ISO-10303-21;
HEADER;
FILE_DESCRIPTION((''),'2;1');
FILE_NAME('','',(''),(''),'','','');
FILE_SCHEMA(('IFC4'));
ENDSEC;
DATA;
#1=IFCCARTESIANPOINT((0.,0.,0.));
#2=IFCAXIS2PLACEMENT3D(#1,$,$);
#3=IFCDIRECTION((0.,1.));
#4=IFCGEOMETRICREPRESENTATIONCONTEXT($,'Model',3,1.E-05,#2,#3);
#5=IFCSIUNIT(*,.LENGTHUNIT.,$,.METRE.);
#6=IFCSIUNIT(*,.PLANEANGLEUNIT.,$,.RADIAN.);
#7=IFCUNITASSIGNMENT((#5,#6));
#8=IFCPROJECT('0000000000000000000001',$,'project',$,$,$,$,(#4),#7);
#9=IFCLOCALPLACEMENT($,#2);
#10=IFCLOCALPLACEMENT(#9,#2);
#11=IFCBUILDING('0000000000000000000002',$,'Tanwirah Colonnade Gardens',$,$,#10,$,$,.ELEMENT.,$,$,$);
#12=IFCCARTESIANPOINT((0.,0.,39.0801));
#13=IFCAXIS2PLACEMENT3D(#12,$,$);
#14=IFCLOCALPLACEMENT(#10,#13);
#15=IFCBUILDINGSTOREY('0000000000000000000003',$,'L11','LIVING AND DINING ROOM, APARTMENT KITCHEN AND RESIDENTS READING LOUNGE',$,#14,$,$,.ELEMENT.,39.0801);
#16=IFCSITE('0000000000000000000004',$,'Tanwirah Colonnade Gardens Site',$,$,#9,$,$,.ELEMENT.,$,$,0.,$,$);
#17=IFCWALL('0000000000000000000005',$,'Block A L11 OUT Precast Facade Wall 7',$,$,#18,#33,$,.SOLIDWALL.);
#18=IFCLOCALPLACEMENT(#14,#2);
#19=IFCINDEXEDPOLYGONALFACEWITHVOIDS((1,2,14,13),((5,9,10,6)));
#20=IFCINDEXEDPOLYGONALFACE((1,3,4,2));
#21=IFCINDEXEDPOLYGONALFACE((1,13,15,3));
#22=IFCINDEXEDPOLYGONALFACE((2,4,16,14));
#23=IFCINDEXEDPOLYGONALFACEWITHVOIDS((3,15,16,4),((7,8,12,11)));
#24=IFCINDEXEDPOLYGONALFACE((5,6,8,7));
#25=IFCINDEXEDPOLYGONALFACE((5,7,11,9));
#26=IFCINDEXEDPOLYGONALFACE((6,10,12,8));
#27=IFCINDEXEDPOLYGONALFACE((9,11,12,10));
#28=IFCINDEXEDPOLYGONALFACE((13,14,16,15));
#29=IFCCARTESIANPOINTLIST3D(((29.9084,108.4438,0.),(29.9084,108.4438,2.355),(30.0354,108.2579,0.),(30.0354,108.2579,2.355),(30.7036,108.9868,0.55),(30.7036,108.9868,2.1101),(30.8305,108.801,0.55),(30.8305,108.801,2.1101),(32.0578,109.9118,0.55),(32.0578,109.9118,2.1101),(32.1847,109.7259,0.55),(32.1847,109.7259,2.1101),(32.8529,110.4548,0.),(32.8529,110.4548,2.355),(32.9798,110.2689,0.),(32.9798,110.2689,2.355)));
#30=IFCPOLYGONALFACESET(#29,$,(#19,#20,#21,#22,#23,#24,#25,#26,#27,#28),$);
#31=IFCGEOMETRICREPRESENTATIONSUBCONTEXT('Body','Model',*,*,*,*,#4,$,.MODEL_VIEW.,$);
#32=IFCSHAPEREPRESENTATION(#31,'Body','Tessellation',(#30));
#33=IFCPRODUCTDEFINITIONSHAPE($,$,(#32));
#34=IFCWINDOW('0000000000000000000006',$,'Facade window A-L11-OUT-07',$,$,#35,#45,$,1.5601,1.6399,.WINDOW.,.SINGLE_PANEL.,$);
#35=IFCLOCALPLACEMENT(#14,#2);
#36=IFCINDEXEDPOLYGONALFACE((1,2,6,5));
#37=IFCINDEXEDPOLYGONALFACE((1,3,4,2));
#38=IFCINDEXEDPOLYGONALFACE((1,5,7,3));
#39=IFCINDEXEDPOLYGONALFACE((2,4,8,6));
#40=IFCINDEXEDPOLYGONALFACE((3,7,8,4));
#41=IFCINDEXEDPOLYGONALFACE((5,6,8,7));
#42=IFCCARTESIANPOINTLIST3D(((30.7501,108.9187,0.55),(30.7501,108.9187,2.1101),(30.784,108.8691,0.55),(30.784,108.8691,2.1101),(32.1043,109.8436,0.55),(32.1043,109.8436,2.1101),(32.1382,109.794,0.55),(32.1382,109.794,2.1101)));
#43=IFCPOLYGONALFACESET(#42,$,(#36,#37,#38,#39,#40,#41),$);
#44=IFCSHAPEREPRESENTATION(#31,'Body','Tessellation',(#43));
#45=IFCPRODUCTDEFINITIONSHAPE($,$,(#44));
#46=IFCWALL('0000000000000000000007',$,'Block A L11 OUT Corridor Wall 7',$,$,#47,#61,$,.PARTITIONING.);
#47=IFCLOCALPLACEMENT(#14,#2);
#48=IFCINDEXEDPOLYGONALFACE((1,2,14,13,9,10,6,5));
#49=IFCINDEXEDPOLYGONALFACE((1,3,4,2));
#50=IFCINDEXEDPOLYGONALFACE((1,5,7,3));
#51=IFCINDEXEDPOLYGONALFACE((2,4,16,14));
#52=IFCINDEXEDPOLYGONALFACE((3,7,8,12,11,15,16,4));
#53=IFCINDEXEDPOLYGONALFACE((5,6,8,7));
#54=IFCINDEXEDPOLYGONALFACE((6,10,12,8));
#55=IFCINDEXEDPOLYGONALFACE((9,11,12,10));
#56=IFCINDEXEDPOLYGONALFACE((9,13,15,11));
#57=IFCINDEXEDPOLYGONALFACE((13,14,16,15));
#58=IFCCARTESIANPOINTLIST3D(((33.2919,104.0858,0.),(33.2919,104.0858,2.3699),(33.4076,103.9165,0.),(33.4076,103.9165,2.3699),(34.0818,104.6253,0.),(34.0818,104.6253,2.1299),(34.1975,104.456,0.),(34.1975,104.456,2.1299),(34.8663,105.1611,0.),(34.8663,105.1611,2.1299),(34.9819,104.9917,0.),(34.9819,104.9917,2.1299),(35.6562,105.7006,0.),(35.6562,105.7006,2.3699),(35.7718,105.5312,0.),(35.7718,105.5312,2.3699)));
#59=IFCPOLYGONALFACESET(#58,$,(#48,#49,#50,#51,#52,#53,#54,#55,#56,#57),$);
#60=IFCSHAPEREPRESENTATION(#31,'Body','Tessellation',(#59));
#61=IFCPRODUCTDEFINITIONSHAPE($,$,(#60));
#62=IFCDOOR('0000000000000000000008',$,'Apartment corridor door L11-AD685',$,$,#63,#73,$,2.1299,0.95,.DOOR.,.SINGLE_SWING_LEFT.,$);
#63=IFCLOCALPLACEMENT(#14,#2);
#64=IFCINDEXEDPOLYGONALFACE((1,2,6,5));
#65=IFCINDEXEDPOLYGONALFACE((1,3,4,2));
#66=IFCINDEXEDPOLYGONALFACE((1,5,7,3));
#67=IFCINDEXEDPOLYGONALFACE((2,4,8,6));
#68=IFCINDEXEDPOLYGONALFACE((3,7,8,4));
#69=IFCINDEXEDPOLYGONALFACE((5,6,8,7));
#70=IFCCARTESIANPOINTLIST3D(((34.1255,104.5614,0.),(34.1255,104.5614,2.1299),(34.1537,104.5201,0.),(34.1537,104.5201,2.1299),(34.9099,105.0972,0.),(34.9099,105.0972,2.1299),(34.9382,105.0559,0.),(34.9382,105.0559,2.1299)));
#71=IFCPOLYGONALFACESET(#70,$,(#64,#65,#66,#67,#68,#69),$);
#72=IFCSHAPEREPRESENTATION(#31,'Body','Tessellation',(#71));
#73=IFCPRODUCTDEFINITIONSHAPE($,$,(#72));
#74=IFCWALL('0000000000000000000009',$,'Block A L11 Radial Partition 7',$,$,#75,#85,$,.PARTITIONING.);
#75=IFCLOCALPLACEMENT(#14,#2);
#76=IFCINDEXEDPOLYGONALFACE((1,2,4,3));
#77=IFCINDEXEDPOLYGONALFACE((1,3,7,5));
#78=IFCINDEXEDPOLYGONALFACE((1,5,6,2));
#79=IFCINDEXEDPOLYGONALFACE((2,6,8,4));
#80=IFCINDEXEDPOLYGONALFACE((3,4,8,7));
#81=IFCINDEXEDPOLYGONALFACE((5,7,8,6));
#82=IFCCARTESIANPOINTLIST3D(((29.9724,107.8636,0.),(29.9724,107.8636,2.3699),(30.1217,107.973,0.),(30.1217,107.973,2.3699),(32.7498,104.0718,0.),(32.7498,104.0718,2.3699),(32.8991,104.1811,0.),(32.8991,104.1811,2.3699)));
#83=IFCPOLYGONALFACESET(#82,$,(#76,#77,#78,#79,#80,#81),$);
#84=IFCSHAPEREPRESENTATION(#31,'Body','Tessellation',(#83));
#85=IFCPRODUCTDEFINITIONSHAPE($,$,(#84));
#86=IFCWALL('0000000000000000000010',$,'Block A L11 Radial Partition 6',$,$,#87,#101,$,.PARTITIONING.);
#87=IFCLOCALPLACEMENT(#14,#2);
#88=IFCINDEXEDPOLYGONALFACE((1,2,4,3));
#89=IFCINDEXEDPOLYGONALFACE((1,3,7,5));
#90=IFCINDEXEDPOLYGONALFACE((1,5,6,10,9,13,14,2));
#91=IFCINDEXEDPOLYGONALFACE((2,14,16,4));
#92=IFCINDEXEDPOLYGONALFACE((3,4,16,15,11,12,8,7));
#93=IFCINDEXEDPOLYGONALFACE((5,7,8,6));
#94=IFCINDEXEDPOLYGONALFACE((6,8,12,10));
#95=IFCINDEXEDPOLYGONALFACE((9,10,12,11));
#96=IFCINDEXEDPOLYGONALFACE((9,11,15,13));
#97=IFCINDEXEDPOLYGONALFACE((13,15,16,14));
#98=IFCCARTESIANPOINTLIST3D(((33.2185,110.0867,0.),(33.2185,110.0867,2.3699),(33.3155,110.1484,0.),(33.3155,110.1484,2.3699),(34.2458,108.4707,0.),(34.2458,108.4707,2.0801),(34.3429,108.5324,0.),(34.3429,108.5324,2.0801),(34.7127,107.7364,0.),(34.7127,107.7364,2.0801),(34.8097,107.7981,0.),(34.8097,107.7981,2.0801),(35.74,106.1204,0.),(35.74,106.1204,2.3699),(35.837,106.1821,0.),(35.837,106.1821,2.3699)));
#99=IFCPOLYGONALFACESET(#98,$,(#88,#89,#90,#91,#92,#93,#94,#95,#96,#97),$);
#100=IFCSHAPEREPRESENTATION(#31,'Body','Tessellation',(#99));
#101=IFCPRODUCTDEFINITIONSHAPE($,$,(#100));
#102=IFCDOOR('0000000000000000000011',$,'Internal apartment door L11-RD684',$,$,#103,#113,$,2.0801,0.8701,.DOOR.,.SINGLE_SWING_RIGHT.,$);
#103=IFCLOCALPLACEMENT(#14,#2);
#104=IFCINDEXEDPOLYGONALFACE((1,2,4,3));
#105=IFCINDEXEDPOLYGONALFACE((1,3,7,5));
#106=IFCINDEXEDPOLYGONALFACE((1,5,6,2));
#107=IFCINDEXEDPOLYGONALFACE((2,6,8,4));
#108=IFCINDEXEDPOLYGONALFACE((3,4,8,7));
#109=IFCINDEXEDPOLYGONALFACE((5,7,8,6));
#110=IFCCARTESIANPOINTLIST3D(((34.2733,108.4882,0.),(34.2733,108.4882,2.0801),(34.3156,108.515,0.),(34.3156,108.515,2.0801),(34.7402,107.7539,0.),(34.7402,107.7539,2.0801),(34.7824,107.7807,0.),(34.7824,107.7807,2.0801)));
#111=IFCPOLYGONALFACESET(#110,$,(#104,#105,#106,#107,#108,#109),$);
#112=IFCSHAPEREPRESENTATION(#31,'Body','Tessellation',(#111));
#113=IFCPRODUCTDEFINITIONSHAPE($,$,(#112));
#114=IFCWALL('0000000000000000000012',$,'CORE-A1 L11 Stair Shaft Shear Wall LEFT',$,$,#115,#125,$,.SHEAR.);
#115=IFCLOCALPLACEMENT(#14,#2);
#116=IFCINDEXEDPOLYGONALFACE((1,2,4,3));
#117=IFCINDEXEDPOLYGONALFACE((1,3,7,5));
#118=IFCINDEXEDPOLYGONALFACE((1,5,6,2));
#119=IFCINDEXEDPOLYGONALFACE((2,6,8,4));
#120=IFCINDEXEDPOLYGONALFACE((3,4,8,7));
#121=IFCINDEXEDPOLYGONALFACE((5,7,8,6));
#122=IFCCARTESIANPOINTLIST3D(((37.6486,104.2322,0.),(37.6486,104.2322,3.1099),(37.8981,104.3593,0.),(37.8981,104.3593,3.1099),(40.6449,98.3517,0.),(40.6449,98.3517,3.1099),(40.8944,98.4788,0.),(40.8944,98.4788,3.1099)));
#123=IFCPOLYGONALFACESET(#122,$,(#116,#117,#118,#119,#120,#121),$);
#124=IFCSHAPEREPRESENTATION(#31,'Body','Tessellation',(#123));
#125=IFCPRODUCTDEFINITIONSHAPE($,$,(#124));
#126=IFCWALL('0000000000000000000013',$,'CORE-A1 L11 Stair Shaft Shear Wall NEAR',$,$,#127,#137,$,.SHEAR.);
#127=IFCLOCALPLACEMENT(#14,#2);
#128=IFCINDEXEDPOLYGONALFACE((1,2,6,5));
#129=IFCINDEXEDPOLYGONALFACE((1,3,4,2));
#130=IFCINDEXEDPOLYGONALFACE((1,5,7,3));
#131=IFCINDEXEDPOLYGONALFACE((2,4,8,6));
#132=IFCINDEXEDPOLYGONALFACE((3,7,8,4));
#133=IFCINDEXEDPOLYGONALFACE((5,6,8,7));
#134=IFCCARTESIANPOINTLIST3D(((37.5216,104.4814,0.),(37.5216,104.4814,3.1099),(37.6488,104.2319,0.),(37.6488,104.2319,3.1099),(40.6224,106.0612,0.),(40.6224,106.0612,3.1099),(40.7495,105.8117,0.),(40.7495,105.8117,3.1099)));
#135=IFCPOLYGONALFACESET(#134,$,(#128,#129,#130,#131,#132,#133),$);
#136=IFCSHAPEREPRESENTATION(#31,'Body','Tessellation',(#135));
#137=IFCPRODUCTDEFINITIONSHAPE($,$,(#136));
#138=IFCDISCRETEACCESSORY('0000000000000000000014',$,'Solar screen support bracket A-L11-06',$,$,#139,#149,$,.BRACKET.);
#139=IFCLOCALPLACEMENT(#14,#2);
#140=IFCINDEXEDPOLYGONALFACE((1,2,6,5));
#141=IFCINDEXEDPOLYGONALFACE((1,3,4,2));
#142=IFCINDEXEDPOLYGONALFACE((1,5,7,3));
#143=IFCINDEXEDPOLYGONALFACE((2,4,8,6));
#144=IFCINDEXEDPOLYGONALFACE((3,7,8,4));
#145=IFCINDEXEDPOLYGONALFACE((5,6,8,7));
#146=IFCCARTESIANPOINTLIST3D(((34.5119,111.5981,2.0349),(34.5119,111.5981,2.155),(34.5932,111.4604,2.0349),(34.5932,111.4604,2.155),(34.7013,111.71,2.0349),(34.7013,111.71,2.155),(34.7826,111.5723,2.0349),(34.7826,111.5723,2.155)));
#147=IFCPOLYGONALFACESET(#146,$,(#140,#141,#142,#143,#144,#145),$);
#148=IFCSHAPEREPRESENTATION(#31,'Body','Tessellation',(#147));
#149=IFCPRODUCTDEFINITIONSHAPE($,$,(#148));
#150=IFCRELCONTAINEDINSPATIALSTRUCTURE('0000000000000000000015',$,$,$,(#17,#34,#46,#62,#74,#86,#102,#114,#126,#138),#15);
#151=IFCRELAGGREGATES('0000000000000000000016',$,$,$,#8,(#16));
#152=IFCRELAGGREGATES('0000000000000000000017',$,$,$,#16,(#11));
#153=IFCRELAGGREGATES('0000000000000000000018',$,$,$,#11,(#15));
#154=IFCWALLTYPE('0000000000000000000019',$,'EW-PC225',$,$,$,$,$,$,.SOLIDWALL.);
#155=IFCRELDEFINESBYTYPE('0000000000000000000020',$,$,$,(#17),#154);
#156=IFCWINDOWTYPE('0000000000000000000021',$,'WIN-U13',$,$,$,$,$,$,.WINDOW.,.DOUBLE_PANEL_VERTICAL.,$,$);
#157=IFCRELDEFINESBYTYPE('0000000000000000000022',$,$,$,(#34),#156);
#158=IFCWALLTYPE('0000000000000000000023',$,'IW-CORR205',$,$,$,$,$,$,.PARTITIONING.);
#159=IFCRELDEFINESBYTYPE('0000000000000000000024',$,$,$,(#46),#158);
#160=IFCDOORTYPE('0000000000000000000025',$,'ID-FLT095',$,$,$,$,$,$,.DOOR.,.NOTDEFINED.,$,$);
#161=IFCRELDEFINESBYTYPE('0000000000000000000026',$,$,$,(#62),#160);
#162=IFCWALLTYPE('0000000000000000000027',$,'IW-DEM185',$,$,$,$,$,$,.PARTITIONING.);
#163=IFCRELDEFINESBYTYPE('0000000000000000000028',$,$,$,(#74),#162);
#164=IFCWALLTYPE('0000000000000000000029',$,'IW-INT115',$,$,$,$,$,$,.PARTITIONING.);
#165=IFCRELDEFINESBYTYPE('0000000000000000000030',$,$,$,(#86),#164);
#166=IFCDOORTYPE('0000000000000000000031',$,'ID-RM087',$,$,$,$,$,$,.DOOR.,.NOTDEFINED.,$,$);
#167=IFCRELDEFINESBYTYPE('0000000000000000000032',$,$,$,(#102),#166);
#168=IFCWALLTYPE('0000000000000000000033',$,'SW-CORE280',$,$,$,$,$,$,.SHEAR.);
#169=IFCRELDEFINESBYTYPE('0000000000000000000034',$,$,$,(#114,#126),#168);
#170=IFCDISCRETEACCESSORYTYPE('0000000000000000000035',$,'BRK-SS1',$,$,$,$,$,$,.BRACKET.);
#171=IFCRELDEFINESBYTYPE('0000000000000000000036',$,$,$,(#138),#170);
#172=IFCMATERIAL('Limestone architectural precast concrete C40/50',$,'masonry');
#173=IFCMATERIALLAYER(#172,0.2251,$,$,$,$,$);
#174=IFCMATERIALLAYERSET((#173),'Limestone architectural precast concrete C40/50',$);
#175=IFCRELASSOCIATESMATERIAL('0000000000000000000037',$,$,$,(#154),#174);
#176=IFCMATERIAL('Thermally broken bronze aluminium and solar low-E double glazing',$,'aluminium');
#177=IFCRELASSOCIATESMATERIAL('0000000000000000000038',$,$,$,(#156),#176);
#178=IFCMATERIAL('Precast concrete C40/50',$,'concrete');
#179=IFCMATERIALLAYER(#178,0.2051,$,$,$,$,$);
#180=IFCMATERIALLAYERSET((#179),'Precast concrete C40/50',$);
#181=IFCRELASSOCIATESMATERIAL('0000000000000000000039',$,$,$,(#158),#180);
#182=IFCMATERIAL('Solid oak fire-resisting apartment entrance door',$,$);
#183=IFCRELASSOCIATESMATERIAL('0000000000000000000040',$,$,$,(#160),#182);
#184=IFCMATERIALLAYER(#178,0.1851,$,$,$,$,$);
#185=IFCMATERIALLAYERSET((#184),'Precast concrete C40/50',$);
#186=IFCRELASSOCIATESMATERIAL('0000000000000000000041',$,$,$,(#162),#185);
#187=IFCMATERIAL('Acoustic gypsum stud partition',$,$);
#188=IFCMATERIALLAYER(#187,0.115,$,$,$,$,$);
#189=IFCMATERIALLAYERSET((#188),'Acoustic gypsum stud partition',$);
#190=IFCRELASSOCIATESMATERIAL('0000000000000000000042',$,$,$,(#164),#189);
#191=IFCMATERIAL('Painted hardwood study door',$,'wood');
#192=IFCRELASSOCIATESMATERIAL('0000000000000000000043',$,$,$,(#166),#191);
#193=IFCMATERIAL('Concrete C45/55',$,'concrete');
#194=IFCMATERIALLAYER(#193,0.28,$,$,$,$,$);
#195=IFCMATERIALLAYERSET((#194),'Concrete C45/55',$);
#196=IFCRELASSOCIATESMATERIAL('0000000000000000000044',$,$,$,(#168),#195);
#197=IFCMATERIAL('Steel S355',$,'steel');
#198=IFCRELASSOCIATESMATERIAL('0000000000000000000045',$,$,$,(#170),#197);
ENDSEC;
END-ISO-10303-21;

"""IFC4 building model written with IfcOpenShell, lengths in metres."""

from ifc_helpers import new_model, si_unit, direction, frame, frame_2d, origin, origin_2d, place, context, subcontext, project, spatial, rectangle, extrude, material, layer, layer_set, type_object, element, fill, save


model = new_model("IFC4")

# Units and contexts
model_context = context("Model", 3, precision=1e-05, world=origin(), true_north=direction((0.0, 1.0)))
body_context = subcontext(model_context, "Body", "Model", "MODEL_VIEW")
ifc_project = project(units=[si_unit("LENGTHUNIT", "METRE"), si_unit("PLANEANGLEUNIT", "RADIAN")], contexts=[model_context])

# Site, building, storey
site_placement = place(None, origin())
site = spatial("IfcSite", under=ifc_project, at=site_placement, Name="Tanwirah Colonnade Gardens Site", CompositionType="ELEMENT", RefElevation=0.0)
building_placement = place(site_placement, origin())
building = spatial("IfcBuilding", under=site, at=building_placement, Name="Tanwirah Colonnade Gardens", CompositionType="ELEMENT")
storey_placement = place(building_placement, frame((0.0, 0.0, 39.0801)))
storey = spatial("IfcBuildingStorey", under=building, at=storey_placement, Name="L11", Description="LIVING AND DINING ROOM, APARTMENT KITCHEN AND RESIDENTS READING LOUNGE", CompositionType="ELEMENT", Elevation=39.0801)

# Shared definitions
ifc_material_1 = material(Name="Precast concrete C40/50", Category="concrete")

# Wall, opening, window
ifc_material_2 = material(Name="Limestone architectural precast concrete C40/50", Category="masonry")
ifc_layer_1 = layer(ifc_material_2, 0.2251)
ifc_layer_set_1 = layer_set([ifc_layer_1], Name="Limestone architectural precast concrete C40/50")
wall_type_1 = type_object("IfcWallType", Name="EW-PC225", PredefinedType="SOLIDWALL", material=ifc_layer_set_1)
ifc_material_3 = material(Name="Thermally broken bronze aluminium and solar low-E double glazing", Category="aluminium")
wall_1_placement = place(storey_placement, frame((32.9163, 110.3618, 0.0), z_axis=(0.0, 0.0, 1.0), x_axis=(-0.825772, -0.564004, 0.0)))
wall_1 = element("IfcWall", 1, at=wall_1_placement, inside=storey, type_object=wall_type_1, Name="Block A L11 OUT Precast Facade Wall 7", PredefinedType="SOLIDWALL", context=body_context, shape_type="SweptSolid", body=[
    extrude(rectangle(XDim=3.5657, YDim=0.2251, at=frame_2d((1.7827, 0.0))), origin(), (0.0, 0.0, 1.0), 2.355),
])
opening_1_placement = place(wall_1_placement, frame((0.9629, 0.0, 0.55)))
opening_1 = element("IfcOpeningElement", 2, at=opening_1_placement, cuts=wall_1, PredefinedType="OPENING", context=body_context, shape_type="SweptSolid", body=[
    extrude(rectangle(XDim=1.6399, YDim=1.5601, at=frame_2d((0.8198, 0.78))), frame((0.0, 0.1226, 0.0), z_axis=(0.0, -1.0, 0.0), x_axis=(1.0, 0.0, 0.0)), (0.0, 0.0, 1.0), 0.2451),
])
window_type_1 = type_object("IfcWindowType", Name="WIN-U13", PartitioningType="DOUBLE_PANEL_VERTICAL", PredefinedType="WINDOW", material=ifc_material_3)
window_1_placement = place(opening_1_placement, origin())
window_1 = element("IfcWindow", 3, at=window_1_placement, inside=storey, type_object=window_type_1, Name="Facade window A-L11-OUT-07", OverallHeight=1.5601, OverallWidth=1.6399, PartitioningType="SINGLE_PANEL", PredefinedType="WINDOW", context=body_context, shape_type="SweptSolid", body=[
    extrude(rectangle(XDim=1.6399, YDim=1.5601, at=frame_2d((0.8198, 0.78))), frame((0.0, 0.03, 0.0), z_axis=(0.0, -1.0, 0.0), x_axis=(1.0, 0.0, 0.0)), (0.0, 0.0, 1.0), 0.0601),
])
fill(opening_1, window_1)

# Wall, opening, door
ifc_layer_2 = layer(ifc_material_1, 0.2051)
ifc_layer_set_2 = layer_set([ifc_layer_2], Name="Precast concrete C40/50")
wall_type_2 = type_object("IfcWallType", Name="IW-CORR205", PredefinedType="PARTITIONING", material=ifc_layer_set_2)
ifc_material_4 = material(Name="Solid oak fire-resisting apartment entrance door")
wall_2_placement = place(storey_placement, frame((35.7141, 105.616, 0.0), z_axis=(0.0, 0.0, 1.0), x_axis=(-0.82578, -0.563993, 0.0)))
wall_2 = element("IfcWall", 4, at=wall_2_placement, inside=storey, type_object=wall_type_2, Name="Block A L11 OUT Corridor Wall 7", PredefinedType="PARTITIONING", context=body_context, shape_type="SweptSolid", body=[
    extrude(rectangle(XDim=2.863, YDim=0.2051, at=frame_2d((1.4316, 0.0))), origin(), (0.0, 0.0, 1.0), 2.3699),
])
opening_2_placement = place(wall_2_placement, frame((0.9565, 0.0, 0.0)))
opening_2 = element("IfcOpeningElement", 5, at=opening_2_placement, cuts=wall_2, PredefinedType="OPENING", context=body_context, shape_type="SweptSolid", body=[
    extrude(rectangle(XDim=0.95, YDim=2.1299, at=frame_2d((0.4751, 1.0649))), frame((0.0, 0.1125, 0.0), z_axis=(0.0, -1.0, 0.0), x_axis=(1.0, 0.0, 0.0)), (0.0, 0.0, 1.0), 0.2251),
])
door_type_1 = type_object("IfcDoorType", Name="ID-FLT095", OperationType="NOTDEFINED", PredefinedType="DOOR", material=ifc_material_4)
door_1_placement = place(opening_2_placement, origin())
door_1 = element("IfcDoor", 6, at=door_1_placement, inside=storey, type_object=door_type_1, Name="Apartment corridor door L11-AD685", OperationType="SINGLE_SWING_LEFT", OverallHeight=2.1299, OverallWidth=0.95, PredefinedType="DOOR", context=body_context, shape_type="SweptSolid", body=[
    extrude(rectangle(XDim=0.95, YDim=2.1299, at=frame_2d((0.4751, 1.0649))), frame((0.0, 0.0249, 0.0), z_axis=(0.0, -1.0, 0.0), x_axis=(1.0, 0.0, 0.0)), (0.0, 0.0, 1.0), 0.05),
])
fill(opening_2, door_1)

# Wall
ifc_layer_3 = layer(ifc_material_1, 0.1851)
ifc_layer_set_3 = layer_set([ifc_layer_3], Name="Precast concrete C40/50")
wall_type_3 = type_object("IfcWallType", Name="IW-DEM185", PredefinedType="PARTITIONING", material=ifc_layer_set_3)
wall_3_placement = place(storey_placement, frame((32.8245, 104.1265, 0.0), z_axis=(0.0, 0.0, 1.0), x_axis=(-0.590911, 0.806737, 0.0)))
element("IfcWall", 7, at=wall_3_placement, inside=storey, type_object=wall_type_3, Name="Block A L11 Radial Partition 7", PredefinedType="PARTITIONING", context=body_context, shape_type="SweptSolid", body=[
    extrude(rectangle(XDim=4.7002, YDim=0.1851, at=frame_2d((2.3501, 0.0))), origin(), (0.0, 0.0, 1.0), 2.3699),
])

# Wall, opening, door
ifc_material_5 = material(Name="Acoustic gypsum stud partition")
ifc_layer_4 = layer(ifc_material_5, 0.115)
ifc_layer_set_4 = layer_set([ifc_layer_4], Name="Acoustic gypsum stud partition")
wall_type_4 = type_object("IfcWallType", Name="IW-INT115", PredefinedType="PARTITIONING", material=ifc_layer_set_4)
wall_4_placement = place(storey_placement, frame((35.7886, 106.1511, 0.0), z_axis=(0.0, 0.0, 1.0), x_axis=(-0.536492, 0.843905, 0.0)))
wall_4 = element("IfcWall", 8, at=wall_4_placement, inside=storey, type_object=wall_type_4, Name="Block A L11 Radial Partition 6", PredefinedType="PARTITIONING", context=body_context, shape_type="SweptSolid", body=[
    extrude(rectangle(XDim=4.7, YDim=0.115, at=frame_2d((2.3501, 0.0))), origin(), (0.0, 0.0, 1.0), 2.3699),
])
opening_3_placement = place(wall_4_placement, frame((1.915, 0.0, 0.0)))
opening_3 = element("IfcOpeningElement", 9, at=opening_3_placement, cuts=wall_4, PredefinedType="OPENING", context=body_context, shape_type="SweptSolid", body=[
    extrude(rectangle(XDim=0.8701, YDim=2.0801, at=frame_2d((0.4351, 1.04))), frame((0.0, 0.0674, 0.0), z_axis=(0.0, -1.0, 0.0), x_axis=(1.0, 0.0, 0.0)), (0.0, 0.0, 1.0), 0.135),
])
ifc_material_6 = material(Name="Painted hardwood study door", Category="wood")
door_type_2 = type_object("IfcDoorType", Name="ID-RM087", OperationType="NOTDEFINED", PredefinedType="DOOR", material=ifc_material_6)
door_2_placement = place(opening_3_placement, origin())
door_2 = element("IfcDoor", 10, at=door_2_placement, inside=storey, type_object=door_type_2, Name="Internal apartment door L11-RD684", OperationType="SINGLE_SWING_RIGHT", OverallHeight=2.0801, OverallWidth=0.8701, PredefinedType="DOOR", context=body_context, shape_type="SweptSolid", body=[
    extrude(rectangle(XDim=0.8701, YDim=2.0801, at=frame_2d((0.4351, 1.04))), frame((0.0, 0.0249, 0.0), z_axis=(0.0, -1.0, 0.0), x_axis=(1.0, 0.0, 0.0)), (0.0, 0.0, 1.0), 0.05),
])
fill(opening_3, door_2)

# Walls
ifc_material_7 = material(Name="Concrete C45/55", Category="concrete")
ifc_layer_5 = layer(ifc_material_7, 0.28)
ifc_layer_set_5 = layer_set([ifc_layer_5], Name="Concrete C45/55")
wall_type_5 = type_object("IfcWallType", Name="SW-CORE280", PredefinedType="SHEAR", material=ifc_layer_set_5)
wall_5_placement = place(storey_placement, frame((37.7734, 104.2957, 0.0), z_axis=(0.0, 0.0, 1.0), x_axis=(0.453992, -0.891006, 0.0)))
element("IfcWall", 11, at=wall_5_placement, inside=storey, type_object=wall_type_5, Name="CORE-A1 L11 Stair Shaft Shear Wall LEFT", PredefinedType="SHEAR", context=body_context, shape_type="SweptSolid", body=[
    extrude(rectangle(XDim=6.5999, YDim=0.28, at=frame_2d((3.2998, 0.0))), origin(), (0.0, 0.0, 1.0), 3.1099),
])
wall_6_placement = place(storey_placement, frame((37.5852, 104.3567, 0.0), z_axis=(0.0, 0.0, 1.0), x_axis=(0.89102, 0.453964, 0.0)))
element("IfcWall", 12, at=wall_6_placement, inside=storey, type_object=wall_type_5, Name="CORE-A1 L11 Stair Shaft Shear Wall NEAR", PredefinedType="SHEAR", context=body_context, shape_type="SweptSolid", body=[
    extrude(rectangle(XDim=3.48, YDim=0.28, at=frame_2d((1.74, 0.0))), origin(), (0.0, 0.0, 1.0), 3.1099),
])

# Discrete accessory
ifc_material_8 = material(Name="Steel S355", Category="steel")
discrete_accessory_type = type_object("IfcDiscreteAccessoryType", Name="BRK-SS1", PredefinedType="BRACKET", material=ifc_material_8)
discrete_accessory_placement = place(storey_placement, frame((34.6472, 111.5852, 2.0349), z_axis=(0.0, 0.0, 1.0), x_axis=(-0.861136, -0.508375, 0.0)))
element("IfcDiscreteAccessory", 13, at=discrete_accessory_placement, inside=storey, type_object=discrete_accessory_type, Name="Solar screen support bracket A-L11-06", PredefinedType="BRACKET", context=body_context, shape_type="SweptSolid", body=[
    extrude(rectangle(XDim=0.22, YDim=0.1599, at=origin_2d()), origin(), (0.0, 0.0, 1.0), 0.1201),
])

save(model, "model.ifc")
